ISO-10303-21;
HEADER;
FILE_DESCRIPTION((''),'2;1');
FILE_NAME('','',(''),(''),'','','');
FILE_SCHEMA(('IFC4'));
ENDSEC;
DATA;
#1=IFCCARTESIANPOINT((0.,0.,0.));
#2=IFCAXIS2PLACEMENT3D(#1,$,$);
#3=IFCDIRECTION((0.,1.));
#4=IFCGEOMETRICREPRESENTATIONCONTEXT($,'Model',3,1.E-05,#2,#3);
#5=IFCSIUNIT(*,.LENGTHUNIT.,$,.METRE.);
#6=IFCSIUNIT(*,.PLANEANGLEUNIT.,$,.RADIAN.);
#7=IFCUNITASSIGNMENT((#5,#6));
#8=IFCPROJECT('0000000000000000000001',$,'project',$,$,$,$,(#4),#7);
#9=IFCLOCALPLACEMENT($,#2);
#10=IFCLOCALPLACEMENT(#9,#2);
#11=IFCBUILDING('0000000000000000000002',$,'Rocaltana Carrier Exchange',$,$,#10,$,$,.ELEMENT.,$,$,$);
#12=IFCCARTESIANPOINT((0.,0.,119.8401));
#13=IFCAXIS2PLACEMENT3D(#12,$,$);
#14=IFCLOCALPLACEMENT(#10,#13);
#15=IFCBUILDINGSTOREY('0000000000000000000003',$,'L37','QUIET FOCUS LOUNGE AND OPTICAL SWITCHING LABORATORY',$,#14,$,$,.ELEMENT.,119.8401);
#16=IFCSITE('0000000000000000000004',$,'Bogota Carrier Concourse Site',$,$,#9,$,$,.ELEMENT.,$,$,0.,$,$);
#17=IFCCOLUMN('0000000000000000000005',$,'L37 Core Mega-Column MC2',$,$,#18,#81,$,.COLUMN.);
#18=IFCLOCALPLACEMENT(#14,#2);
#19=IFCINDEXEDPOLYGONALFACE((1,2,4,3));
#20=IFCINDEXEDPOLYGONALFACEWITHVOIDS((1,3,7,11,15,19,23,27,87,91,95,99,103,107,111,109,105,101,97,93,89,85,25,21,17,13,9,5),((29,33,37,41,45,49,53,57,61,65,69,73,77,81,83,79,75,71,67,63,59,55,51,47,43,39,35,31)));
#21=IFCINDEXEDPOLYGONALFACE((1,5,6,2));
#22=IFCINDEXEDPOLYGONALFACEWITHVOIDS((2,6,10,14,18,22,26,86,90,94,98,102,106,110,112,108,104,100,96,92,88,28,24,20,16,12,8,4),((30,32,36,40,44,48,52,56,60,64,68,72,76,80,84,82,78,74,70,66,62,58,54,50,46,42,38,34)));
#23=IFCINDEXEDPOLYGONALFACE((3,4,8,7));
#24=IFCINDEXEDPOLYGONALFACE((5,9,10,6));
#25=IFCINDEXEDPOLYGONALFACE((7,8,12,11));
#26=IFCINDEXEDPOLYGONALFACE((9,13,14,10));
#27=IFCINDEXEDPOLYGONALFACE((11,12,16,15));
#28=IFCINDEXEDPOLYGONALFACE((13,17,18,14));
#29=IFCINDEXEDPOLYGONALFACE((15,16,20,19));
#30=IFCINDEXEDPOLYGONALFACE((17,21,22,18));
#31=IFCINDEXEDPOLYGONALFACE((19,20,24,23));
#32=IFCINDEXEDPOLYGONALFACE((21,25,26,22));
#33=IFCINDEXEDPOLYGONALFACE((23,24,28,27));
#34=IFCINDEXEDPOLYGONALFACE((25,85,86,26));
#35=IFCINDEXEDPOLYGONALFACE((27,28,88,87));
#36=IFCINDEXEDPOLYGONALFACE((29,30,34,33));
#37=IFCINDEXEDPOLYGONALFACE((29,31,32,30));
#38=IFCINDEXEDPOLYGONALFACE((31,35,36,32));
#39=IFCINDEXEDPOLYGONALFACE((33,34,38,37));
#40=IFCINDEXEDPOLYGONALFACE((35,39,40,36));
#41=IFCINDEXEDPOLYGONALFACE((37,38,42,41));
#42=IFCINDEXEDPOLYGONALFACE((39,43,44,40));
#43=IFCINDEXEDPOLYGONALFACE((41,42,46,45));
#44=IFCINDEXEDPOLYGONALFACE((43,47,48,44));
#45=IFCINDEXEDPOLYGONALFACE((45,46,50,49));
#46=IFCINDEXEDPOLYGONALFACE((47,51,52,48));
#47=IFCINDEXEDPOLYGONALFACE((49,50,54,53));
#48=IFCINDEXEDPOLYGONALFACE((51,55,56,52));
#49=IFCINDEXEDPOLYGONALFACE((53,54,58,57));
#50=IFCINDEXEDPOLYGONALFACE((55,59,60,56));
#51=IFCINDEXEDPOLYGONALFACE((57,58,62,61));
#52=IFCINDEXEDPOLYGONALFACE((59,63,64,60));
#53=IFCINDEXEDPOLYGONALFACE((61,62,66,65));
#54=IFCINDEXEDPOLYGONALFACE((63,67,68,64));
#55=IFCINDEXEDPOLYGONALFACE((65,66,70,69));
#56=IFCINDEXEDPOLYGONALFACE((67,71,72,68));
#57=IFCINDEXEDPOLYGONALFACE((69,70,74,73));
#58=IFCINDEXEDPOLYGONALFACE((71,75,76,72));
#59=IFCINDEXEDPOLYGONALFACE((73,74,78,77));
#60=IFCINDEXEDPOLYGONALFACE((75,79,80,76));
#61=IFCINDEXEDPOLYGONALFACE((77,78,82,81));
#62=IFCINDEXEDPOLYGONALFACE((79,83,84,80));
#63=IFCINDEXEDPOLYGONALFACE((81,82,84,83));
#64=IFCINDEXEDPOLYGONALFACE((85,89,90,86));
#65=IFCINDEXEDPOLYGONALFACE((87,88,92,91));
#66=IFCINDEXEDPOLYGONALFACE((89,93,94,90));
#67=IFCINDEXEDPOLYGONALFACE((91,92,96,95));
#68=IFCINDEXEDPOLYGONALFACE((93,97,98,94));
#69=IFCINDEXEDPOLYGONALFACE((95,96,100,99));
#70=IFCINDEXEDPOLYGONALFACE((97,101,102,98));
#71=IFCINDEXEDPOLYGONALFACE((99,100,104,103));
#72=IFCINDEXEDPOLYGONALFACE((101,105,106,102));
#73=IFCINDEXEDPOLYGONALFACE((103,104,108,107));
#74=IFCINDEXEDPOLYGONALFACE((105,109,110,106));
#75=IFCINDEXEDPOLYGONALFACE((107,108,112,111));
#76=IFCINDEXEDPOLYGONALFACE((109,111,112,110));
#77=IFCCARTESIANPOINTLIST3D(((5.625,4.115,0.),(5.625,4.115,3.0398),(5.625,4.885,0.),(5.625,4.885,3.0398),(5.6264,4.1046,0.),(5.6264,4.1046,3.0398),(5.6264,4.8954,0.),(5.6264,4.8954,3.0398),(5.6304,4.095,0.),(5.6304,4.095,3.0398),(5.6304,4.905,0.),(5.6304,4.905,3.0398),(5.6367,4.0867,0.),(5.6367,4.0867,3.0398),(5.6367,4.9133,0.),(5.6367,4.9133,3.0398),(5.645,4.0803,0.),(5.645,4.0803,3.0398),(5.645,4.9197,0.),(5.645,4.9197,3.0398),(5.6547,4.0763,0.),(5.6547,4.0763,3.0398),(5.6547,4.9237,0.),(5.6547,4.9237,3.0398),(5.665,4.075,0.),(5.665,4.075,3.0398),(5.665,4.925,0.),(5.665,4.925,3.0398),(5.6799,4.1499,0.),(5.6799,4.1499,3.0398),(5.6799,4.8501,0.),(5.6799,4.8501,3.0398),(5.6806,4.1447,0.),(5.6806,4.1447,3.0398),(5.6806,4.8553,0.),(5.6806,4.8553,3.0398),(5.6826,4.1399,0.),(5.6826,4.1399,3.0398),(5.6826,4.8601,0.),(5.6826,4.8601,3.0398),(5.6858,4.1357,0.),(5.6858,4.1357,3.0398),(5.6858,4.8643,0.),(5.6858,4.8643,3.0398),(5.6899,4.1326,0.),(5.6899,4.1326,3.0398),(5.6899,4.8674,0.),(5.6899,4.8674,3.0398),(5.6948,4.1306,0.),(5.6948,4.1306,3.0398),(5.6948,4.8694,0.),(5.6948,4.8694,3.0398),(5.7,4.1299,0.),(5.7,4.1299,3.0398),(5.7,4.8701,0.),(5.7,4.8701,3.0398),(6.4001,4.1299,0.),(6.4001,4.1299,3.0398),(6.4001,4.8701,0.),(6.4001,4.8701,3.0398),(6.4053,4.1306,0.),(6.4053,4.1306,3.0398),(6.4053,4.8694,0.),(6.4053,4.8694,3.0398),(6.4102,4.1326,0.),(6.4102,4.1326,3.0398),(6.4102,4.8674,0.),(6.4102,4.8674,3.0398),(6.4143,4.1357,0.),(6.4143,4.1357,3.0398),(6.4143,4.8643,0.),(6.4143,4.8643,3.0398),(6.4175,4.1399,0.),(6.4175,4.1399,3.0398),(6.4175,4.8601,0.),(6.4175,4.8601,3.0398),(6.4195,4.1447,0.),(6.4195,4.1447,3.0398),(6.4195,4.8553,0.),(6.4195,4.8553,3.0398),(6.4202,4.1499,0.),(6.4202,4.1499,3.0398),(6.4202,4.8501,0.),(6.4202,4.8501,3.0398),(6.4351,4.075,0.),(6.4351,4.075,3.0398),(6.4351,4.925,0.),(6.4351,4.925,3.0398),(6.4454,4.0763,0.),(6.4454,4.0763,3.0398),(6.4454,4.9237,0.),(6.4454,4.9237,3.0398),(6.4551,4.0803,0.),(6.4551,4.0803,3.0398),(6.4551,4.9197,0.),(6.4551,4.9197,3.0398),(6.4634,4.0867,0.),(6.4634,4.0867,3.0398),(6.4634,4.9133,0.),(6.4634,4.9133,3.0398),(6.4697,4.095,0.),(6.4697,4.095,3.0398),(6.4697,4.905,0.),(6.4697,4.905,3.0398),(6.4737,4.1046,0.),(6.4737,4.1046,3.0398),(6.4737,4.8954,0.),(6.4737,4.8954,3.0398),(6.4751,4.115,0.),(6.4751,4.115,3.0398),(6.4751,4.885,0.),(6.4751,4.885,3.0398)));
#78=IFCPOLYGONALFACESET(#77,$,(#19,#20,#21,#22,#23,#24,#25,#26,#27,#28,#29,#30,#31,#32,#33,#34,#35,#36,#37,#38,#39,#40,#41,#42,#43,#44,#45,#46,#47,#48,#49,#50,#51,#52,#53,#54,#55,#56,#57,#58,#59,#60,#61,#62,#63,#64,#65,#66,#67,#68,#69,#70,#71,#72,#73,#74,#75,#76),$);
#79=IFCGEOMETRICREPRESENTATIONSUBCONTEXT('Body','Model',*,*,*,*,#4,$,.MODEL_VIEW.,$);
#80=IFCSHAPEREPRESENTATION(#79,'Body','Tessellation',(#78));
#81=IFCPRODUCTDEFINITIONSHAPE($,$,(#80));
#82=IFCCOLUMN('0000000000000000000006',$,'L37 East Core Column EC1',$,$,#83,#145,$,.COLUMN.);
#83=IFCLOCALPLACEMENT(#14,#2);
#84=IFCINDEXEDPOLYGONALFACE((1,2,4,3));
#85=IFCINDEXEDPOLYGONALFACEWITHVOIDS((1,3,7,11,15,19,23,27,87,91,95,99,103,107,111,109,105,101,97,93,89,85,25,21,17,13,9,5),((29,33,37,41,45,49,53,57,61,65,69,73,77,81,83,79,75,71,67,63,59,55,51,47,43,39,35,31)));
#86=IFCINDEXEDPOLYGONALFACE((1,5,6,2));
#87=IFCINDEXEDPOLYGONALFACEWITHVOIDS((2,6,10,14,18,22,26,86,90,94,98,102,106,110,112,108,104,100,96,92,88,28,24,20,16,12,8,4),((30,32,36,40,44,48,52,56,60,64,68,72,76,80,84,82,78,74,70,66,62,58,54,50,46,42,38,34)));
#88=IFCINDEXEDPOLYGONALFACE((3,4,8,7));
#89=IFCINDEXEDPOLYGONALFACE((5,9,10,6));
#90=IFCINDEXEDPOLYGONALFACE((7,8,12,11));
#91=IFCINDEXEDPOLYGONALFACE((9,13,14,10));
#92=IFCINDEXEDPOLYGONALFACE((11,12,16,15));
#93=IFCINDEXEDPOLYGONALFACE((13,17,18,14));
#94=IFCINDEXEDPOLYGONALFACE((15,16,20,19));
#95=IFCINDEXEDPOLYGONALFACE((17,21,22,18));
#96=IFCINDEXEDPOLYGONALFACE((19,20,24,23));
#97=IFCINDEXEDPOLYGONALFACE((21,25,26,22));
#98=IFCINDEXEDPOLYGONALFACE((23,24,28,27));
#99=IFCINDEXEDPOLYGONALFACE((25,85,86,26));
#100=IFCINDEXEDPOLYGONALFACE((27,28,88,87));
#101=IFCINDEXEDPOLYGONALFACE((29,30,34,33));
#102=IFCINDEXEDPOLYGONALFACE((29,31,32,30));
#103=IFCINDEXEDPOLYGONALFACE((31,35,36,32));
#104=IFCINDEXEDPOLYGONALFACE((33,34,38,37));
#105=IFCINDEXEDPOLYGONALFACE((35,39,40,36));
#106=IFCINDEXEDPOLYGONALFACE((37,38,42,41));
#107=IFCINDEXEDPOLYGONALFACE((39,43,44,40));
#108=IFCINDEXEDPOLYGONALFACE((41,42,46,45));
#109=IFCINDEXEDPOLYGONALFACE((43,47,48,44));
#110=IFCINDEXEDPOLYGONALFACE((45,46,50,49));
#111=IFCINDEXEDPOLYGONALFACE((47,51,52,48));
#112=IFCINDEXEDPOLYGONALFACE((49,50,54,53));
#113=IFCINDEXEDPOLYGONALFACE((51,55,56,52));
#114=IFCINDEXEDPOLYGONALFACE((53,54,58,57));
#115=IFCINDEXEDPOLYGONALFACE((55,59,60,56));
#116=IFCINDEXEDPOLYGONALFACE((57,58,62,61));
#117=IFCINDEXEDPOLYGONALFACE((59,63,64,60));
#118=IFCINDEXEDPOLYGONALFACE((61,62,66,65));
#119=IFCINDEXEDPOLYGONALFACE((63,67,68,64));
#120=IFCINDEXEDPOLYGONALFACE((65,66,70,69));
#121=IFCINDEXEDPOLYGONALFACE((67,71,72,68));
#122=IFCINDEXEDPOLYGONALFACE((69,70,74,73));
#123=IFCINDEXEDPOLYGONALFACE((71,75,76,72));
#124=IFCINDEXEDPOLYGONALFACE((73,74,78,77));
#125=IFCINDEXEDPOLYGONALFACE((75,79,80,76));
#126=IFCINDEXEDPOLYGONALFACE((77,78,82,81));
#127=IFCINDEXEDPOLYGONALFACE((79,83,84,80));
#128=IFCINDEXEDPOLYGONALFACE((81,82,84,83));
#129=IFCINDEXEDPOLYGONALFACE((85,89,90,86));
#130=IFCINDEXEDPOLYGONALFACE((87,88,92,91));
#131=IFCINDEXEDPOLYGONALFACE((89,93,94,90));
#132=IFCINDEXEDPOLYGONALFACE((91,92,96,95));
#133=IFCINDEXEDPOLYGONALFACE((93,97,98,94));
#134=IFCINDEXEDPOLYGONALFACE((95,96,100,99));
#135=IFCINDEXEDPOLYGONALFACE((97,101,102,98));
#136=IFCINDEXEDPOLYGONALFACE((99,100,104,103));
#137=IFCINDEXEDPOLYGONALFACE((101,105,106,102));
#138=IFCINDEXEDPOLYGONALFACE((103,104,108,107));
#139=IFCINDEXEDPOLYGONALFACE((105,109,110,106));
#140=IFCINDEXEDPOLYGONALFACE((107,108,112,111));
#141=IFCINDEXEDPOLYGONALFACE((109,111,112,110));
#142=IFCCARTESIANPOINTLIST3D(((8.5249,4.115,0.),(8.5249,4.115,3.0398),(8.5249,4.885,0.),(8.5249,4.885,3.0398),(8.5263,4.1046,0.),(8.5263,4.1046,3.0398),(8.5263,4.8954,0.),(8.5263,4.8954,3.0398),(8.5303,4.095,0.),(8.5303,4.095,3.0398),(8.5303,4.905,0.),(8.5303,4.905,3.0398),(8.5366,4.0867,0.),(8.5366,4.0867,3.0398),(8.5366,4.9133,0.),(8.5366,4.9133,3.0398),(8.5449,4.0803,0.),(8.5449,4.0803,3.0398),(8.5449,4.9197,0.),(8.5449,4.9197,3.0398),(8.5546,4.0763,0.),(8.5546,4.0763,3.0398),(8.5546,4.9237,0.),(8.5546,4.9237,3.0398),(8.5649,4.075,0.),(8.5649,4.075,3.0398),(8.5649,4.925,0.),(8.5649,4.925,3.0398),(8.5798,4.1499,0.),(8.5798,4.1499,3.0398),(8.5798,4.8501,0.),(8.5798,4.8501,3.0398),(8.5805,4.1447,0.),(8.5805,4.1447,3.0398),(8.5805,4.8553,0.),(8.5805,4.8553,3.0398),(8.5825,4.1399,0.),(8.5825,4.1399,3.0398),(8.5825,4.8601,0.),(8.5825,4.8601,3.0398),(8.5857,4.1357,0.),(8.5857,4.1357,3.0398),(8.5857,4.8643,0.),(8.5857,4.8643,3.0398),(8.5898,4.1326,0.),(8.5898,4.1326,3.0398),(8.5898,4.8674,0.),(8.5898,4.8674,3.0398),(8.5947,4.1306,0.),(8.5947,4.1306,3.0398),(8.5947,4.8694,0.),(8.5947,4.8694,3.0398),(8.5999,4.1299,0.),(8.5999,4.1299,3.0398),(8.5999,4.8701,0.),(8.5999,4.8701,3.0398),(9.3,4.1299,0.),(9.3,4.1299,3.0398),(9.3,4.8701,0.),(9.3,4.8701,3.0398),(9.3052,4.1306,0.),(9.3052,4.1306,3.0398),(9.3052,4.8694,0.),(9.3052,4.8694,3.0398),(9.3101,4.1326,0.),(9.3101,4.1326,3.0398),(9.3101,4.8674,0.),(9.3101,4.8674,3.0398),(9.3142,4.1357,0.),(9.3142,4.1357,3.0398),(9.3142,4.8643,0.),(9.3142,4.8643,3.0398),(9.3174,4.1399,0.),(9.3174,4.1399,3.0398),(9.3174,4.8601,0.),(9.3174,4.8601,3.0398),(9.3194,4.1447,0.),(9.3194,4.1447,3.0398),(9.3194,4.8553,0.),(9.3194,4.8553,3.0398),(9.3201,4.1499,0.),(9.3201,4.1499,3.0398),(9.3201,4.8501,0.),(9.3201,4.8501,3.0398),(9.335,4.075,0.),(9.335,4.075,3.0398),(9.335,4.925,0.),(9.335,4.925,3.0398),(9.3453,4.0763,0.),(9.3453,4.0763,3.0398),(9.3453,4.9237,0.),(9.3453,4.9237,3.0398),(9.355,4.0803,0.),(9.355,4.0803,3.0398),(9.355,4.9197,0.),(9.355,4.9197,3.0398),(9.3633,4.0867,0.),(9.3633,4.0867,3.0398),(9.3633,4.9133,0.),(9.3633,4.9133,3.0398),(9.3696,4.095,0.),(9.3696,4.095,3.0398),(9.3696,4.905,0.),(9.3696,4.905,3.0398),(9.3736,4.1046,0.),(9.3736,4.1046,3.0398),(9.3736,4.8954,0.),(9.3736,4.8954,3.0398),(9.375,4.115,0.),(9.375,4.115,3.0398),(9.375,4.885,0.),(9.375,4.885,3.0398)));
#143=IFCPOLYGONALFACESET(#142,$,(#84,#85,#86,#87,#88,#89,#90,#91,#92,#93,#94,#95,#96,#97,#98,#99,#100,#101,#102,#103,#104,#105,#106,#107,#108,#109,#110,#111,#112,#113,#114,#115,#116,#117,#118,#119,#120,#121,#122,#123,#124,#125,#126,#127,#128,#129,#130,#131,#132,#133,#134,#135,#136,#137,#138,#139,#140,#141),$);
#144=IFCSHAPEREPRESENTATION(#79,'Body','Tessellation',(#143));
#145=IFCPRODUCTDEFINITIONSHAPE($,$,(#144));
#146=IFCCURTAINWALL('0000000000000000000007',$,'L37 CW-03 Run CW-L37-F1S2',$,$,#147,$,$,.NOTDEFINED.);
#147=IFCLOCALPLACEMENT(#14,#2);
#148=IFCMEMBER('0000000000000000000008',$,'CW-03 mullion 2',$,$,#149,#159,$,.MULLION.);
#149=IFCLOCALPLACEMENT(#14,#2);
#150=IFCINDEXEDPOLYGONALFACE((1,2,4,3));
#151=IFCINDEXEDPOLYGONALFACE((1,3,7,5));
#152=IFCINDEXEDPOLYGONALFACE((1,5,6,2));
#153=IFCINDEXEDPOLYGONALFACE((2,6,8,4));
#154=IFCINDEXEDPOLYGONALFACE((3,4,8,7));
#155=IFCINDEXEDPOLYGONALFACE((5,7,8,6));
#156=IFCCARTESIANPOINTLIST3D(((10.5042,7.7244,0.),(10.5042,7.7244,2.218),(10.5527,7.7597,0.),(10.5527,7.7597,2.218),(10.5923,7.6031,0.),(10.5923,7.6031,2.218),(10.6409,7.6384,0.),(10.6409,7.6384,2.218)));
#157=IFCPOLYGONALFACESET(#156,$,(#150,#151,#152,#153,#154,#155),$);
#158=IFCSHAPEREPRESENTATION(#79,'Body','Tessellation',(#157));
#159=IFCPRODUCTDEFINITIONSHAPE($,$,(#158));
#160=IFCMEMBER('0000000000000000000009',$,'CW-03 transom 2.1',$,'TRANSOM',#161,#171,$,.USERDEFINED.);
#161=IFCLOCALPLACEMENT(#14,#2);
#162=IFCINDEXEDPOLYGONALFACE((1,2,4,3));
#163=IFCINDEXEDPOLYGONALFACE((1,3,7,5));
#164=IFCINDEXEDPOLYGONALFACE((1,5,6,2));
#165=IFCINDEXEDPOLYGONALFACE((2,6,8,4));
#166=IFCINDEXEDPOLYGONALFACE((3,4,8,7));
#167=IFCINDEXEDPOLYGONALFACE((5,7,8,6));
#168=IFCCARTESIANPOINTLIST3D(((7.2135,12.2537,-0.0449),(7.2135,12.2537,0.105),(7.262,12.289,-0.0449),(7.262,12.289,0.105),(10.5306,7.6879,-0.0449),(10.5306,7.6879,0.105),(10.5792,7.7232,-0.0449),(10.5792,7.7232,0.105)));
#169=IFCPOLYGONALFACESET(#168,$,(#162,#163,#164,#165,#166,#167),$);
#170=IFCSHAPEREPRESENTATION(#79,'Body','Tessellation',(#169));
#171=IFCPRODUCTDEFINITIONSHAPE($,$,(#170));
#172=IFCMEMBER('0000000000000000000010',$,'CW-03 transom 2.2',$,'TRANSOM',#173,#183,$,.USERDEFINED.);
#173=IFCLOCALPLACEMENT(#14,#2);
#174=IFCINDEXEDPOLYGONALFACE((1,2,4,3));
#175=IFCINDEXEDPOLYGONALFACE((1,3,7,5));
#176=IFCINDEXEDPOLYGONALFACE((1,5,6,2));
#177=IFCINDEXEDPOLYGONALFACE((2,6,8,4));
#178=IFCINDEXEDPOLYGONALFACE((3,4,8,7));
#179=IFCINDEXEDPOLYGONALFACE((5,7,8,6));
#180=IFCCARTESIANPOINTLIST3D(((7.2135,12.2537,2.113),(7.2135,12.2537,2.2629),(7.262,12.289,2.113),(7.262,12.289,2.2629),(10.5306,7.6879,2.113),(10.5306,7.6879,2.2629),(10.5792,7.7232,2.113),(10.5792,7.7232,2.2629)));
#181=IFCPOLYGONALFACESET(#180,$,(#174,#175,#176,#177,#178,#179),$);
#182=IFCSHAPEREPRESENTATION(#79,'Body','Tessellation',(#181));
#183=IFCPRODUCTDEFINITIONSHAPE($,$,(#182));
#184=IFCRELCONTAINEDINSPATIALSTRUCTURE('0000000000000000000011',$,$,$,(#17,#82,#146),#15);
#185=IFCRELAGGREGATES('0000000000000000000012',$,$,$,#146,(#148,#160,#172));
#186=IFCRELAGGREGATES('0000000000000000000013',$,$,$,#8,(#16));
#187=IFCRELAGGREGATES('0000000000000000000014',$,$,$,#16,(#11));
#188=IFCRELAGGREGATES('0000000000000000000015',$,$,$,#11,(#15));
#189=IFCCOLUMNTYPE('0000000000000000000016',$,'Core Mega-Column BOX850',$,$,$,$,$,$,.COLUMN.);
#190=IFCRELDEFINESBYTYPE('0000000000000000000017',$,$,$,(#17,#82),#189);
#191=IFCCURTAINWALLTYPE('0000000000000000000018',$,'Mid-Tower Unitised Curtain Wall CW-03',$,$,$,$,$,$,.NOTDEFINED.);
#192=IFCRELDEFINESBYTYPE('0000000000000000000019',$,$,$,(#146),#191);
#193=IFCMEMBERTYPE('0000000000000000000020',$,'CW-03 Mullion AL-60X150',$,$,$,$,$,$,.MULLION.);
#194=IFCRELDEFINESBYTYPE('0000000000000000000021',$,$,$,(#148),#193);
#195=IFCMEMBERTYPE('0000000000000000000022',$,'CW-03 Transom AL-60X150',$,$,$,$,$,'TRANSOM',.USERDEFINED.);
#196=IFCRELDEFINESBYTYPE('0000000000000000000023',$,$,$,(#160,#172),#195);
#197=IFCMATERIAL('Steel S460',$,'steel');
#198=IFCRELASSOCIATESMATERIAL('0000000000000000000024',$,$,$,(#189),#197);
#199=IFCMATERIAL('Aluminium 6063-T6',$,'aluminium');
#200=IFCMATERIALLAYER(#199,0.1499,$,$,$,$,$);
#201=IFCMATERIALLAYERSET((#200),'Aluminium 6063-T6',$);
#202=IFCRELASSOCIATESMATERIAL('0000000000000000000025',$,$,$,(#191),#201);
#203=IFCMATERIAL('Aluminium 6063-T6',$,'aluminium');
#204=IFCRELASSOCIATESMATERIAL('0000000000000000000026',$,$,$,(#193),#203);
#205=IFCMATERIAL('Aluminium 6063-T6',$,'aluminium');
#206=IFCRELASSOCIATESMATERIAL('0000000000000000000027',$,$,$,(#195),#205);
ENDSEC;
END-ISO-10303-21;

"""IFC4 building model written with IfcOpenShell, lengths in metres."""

from ifc_helpers import new_model, si_unit, direction, frame, origin, origin_2d, place, context, subcontext, project, spatial, rectangle, hollow_rectangle, extrude, material, layer, layer_set, material_profile, profile_set, type_object, element, aggregate, save


model = new_model("IFC4")

# Units and contexts
model_context = context("Model", 3, precision=1e-05, world=origin(), true_north=direction((0.0, 1.0)))
body_context = subcontext(model_context, "Body", "Model", "MODEL_VIEW")
ifc_project = project(units=[si_unit("LENGTHUNIT", "METRE"), si_unit("PLANEANGLEUNIT", "RADIAN")], contexts=[model_context])

# Site, building, storey
site_placement = place(None, origin())
site = spatial("IfcSite", under=ifc_project, at=site_placement, Name="Bogota Carrier Concourse Site", CompositionType="ELEMENT", RefElevation=0.0)
building_placement = place(site_placement, origin())
building = spatial("IfcBuilding", under=site, at=building_placement, Name="Rocaltana Carrier Exchange", CompositionType="ELEMENT")
storey_placement = place(building_placement, frame((0.0, 0.0, 119.8401)))
storey = spatial("IfcBuildingStorey", under=building, at=storey_placement, Name="L37", Description="QUIET FOCUS LOUNGE AND OPTICAL SWITCHING LABORATORY", CompositionType="ELEMENT", Elevation=119.8401)

# Columns
ifc_material_1 = material(Name="Steel S460", Category="steel")
ifc_material_profile_1 = material_profile(ifc_material_1, hollow_rectangle(XDim=0.8501, YDim=0.8501, WallThickness=0.0549, InnerFilletRadius=0.02, OuterFilletRadius=0.04, at=origin_2d()), Name="BOX850X850X55")
ifc_profile_set_1 = profile_set([ifc_material_profile_1], Name="Steel S460")
column_type = type_object("IfcColumnType", Name="Core Mega-Column BOX850", PredefinedType="COLUMN", material=ifc_profile_set_1)
for number, where, z_axis, x_axis, name in (
    (1, (6.05, 4.5, 0.0), (0.0, 0.0, 1.0), (1.0, 0.0, 0.0), "L37 Core Mega-Column MC2"),
    (2, (8.95, 4.5, 0.0), (0.0, 0.0, 1.0), (1.0, 0.0, 0.0), "L37 East Core Column EC1"),
):
    element("IfcColumn", number, at=place(storey_placement, frame(where, z_axis=z_axis, x_axis=x_axis)), inside=storey, type_object=column_type, Name=name, PredefinedType="COLUMN", context=body_context, shape_type="SweptSolid", body=[
        extrude(hollow_rectangle(XDim=0.8501, YDim=0.8501, WallThickness=0.0549, InnerFilletRadius=0.02, OuterFilletRadius=0.04, at=origin_2d()), origin(), (0.0, 0.0, 1.0), 3.0398),
    ])

# Curtain wall, members
ifc_material_2 = material(Name="Aluminium 6063-T6", Category="aluminium")
ifc_layer_1 = layer(ifc_material_2, 0.1499)
ifc_layer_set_1 = layer_set([ifc_layer_1], Name="Aluminium 6063-T6")
curtain_wall_type = type_object("IfcCurtainWallType", Name="Mid-Tower Unitised Curtain Wall CW-03", PredefinedType="NOTDEFINED", material=ifc_layer_set_1)
curtain_wall_placement = place(storey_placement, origin())
curtain_wall = element("IfcCurtainWall", 3, at=curtain_wall_placement, inside=storey, type_object=curtain_wall_type, Name="L37 CW-03 Run CW-L37-F1S2", PredefinedType="NOTDEFINED")
ifc_material_3 = material(Name="Aluminium 6063-T6", Category="aluminium")
ifc_material_profile_2 = material_profile(ifc_material_3, rectangle(XDim=0.0601, YDim=0.1499, at=origin_2d()), Name="AL-60X150")
ifc_profile_set_2 = profile_set([ifc_material_profile_2], Name="Aluminium 6063-T6")
member_type_1 = type_object("IfcMemberType", Name="CW-03 Mullion AL-60X150", PredefinedType="MULLION", material=ifc_profile_set_2)
member_1_placement = place(storey_placement, frame((10.5725, 7.6814, 0.0), z_axis=(0.0, 0.0, 1.0), x_axis=(-0.809014, -0.58779, 0.0)))
member_1 = element("IfcMember", 4, at=member_1_placement, type_object=member_type_1, Name="CW-03 mullion 2", PredefinedType="MULLION", context=body_context, shape_type="SweptSolid", body=[
    extrude(rectangle(XDim=0.0601, YDim=0.1499, at=origin_2d()), origin(), (0.0, 0.0, 1.0), 2.218),
])
ifc_material_4 = material(Name="Aluminium 6063-T6", Category="aluminium")
ifc_material_profile_3 = material_profile(ifc_material_4, rectangle(XDim=0.0601, YDim=0.1499, at=origin_2d()), Name="AL-60X150")
ifc_profile_set_3 = profile_set([ifc_material_profile_3], Name="Aluminium 6063-T6")
member_type_2 = type_object("IfcMemberType", Name="CW-03 Transom AL-60X150", ElementType="TRANSOM", PredefinedType="USERDEFINED", material=ifc_profile_set_3)
member_2_placement = place(storey_placement, frame((10.5549, 7.7056, 0.03), z_axis=(-0.587783, 0.809018, 0.0), x_axis=(-0.809018, -0.587783, 0.0)))
member_2 = element("IfcMember", 5, at=member_2_placement, type_object=member_type_2, Name="CW-03 transom 2.1", ObjectType="TRANSOM", PredefinedType="USERDEFINED", context=body_context, shape_type="SweptSolid", body=[
    extrude(rectangle(XDim=0.0601, YDim=0.1499, at=origin_2d()), origin(), (0.0, 0.0, 1.0), 5.6436),
])
member_3_placement = place(storey_placement, frame((10.5549, 7.7056, 2.188), z_axis=(-0.587783, 0.809018, 0.0), x_axis=(-0.809018, -0.587783, 0.0)))
member_3 = element("IfcMember", 6, at=member_3_placement, type_object=member_type_2, Name="CW-03 transom 2.2", ObjectType="TRANSOM", PredefinedType="USERDEFINED", context=body_context, shape_type="SweptSolid", body=[
    extrude(rectangle(XDim=0.0601, YDim=0.1499, at=origin_2d()), origin(), (0.0, 0.0, 1.0), 5.6436),
])

aggregate(curtain_wall, [member_1, member_2, member_3])

save(model, "model.ifc")
